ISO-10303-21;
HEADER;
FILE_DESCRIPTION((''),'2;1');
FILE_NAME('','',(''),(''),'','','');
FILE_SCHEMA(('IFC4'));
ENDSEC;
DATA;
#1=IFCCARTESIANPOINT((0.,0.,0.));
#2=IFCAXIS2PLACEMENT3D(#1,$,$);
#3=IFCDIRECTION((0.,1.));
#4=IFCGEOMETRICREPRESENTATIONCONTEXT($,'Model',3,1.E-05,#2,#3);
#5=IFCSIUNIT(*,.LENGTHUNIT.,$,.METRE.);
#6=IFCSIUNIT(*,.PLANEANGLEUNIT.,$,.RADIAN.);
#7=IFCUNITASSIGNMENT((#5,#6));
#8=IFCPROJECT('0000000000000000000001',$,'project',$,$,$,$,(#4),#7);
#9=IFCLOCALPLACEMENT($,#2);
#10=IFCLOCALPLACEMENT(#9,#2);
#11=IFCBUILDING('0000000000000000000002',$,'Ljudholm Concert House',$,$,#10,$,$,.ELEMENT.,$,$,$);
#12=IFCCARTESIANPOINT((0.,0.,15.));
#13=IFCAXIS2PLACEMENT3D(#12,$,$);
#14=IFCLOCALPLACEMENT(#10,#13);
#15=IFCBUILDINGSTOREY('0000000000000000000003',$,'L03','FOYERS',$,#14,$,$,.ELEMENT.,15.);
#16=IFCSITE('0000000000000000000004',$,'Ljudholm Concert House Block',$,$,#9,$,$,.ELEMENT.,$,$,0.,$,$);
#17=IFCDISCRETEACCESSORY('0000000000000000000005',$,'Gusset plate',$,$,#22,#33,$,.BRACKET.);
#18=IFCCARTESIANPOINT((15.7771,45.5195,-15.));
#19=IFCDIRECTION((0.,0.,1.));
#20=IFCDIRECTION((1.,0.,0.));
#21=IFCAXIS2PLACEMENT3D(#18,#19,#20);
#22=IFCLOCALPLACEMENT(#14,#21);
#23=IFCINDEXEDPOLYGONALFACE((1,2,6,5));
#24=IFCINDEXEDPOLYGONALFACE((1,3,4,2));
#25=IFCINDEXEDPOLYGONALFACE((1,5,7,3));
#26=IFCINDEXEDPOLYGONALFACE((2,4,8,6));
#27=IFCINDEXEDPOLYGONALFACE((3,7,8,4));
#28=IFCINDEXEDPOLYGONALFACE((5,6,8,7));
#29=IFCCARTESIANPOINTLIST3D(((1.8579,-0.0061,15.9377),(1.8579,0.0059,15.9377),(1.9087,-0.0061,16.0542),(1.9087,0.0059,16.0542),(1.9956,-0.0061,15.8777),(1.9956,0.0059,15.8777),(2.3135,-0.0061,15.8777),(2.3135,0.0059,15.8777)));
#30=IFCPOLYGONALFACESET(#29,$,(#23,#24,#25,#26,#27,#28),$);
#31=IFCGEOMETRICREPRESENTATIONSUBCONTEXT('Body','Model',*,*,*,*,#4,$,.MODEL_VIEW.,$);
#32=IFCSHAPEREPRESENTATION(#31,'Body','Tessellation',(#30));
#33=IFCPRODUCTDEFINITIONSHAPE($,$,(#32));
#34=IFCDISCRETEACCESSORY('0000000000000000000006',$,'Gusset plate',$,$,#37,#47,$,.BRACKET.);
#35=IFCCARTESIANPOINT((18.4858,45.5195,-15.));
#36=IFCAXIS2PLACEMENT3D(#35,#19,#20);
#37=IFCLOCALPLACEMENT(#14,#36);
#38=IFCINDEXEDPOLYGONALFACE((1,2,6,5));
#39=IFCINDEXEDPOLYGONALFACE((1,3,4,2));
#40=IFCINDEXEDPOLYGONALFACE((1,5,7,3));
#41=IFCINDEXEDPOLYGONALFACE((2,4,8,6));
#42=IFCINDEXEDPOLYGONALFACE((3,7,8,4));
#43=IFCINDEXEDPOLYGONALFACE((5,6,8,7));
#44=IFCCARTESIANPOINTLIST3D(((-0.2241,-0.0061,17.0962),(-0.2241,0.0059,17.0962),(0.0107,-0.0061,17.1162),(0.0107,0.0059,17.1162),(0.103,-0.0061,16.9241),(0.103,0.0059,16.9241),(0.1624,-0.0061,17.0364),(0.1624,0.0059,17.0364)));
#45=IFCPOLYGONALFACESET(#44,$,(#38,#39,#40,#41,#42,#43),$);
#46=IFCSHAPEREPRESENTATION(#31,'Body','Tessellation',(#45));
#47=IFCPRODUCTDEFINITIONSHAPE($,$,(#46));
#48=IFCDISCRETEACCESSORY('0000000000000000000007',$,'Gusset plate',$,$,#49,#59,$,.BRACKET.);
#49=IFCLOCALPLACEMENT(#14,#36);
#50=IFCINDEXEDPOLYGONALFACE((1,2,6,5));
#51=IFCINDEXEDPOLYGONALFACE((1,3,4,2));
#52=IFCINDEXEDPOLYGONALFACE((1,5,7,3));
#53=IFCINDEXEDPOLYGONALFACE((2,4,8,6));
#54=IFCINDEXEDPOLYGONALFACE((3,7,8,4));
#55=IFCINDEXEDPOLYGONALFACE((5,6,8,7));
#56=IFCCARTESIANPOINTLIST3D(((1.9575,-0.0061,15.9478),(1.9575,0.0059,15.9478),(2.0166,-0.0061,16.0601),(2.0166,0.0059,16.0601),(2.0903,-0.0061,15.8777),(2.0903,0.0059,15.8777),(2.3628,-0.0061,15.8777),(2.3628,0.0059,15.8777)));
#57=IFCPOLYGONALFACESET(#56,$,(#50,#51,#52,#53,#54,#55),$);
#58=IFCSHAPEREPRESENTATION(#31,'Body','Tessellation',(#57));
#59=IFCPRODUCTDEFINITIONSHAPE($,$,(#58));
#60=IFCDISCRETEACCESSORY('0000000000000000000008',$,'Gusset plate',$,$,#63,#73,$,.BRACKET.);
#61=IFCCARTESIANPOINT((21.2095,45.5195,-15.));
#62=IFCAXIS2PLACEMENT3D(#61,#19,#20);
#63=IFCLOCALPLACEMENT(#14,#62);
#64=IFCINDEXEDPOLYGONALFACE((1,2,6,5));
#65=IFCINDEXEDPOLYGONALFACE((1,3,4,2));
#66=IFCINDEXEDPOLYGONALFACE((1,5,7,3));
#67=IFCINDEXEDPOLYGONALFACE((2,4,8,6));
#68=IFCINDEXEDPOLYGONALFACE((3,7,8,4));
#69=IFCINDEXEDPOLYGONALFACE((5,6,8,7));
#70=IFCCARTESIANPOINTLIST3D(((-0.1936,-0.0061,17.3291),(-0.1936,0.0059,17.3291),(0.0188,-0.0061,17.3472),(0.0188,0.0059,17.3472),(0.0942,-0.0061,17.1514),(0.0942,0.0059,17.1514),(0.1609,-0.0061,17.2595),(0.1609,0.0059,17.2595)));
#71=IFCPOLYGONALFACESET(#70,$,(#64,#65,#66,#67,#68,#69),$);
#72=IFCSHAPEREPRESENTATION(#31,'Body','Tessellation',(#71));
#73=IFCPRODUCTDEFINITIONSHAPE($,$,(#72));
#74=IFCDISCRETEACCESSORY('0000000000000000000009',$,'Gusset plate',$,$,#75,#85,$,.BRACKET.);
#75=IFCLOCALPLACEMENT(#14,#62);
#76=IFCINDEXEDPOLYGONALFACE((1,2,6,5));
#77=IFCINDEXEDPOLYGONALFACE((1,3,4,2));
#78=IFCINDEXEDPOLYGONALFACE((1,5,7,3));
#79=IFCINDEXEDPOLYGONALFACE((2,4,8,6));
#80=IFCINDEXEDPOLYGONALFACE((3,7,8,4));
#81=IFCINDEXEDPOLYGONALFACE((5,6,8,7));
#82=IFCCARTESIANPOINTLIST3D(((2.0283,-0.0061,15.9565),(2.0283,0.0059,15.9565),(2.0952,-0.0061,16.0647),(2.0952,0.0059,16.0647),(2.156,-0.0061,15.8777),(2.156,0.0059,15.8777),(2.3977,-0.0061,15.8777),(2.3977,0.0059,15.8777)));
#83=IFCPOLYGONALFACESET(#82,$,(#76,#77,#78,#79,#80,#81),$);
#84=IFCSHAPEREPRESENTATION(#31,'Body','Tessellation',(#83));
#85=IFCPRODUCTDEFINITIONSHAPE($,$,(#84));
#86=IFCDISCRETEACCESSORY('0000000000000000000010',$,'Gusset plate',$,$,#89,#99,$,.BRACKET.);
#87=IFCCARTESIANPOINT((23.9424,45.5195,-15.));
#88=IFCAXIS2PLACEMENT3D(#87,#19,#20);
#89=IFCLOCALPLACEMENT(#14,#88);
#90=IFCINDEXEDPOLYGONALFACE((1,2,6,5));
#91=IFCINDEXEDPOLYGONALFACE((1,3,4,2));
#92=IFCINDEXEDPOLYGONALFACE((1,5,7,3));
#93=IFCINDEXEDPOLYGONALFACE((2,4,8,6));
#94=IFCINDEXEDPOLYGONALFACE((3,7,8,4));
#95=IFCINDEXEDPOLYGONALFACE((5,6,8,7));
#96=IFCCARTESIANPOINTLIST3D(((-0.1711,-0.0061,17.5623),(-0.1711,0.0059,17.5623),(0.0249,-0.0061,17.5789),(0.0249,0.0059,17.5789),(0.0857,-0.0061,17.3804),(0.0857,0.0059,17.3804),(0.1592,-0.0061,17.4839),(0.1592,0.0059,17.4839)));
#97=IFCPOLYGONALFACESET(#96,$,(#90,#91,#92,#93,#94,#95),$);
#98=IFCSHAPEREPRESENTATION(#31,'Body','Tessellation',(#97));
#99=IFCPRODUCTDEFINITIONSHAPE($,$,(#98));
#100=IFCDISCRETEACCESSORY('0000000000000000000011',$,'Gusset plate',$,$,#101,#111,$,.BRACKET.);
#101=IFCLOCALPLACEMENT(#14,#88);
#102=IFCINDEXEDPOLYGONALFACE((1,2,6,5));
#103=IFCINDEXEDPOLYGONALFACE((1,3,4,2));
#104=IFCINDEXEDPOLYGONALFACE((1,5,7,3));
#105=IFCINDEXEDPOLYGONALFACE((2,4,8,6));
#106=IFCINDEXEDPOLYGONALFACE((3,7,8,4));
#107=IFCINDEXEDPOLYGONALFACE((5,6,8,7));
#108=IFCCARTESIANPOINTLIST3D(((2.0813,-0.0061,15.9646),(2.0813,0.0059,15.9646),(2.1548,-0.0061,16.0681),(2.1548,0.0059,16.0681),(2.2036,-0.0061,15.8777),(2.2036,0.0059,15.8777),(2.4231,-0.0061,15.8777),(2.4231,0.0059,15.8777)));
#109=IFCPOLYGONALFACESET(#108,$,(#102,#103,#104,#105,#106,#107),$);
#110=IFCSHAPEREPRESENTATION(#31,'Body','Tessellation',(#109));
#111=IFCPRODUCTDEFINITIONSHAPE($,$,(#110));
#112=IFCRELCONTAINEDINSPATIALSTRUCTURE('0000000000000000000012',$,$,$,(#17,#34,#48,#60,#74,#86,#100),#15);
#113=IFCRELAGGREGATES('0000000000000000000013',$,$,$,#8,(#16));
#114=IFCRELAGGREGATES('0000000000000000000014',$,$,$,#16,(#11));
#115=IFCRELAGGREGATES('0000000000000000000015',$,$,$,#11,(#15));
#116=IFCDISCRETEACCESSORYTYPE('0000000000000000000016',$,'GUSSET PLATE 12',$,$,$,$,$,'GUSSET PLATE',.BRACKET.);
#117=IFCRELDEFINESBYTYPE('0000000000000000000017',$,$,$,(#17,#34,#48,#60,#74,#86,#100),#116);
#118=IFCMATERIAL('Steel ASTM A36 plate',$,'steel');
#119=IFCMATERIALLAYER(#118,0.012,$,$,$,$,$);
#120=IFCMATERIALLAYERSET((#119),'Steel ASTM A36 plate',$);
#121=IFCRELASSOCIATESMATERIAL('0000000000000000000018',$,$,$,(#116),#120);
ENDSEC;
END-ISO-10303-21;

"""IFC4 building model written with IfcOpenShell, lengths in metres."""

from ifc_helpers import new_model, si_unit, direction, frame, origin, place, context, subcontext, project, spatial, polyline, outline, extrude, material, layer, layer_set, type_object, element, save


model = new_model("IFC4")

# Units and contexts
model_context = context("Model", 3, precision=1e-05, world=origin(), true_north=direction((0.0, 1.0)))
body_context = subcontext(model_context, "Body", "Model", "MODEL_VIEW")
ifc_project = project(units=[si_unit("LENGTHUNIT", "METRE"), si_unit("PLANEANGLEUNIT", "RADIAN")], contexts=[model_context])

# Site, building, storey
site_placement = place(None, origin())
site = spatial("IfcSite", under=ifc_project, at=site_placement, Name="Ljudholm Concert House Block", CompositionType="ELEMENT", RefElevation=0.0)
building_placement = place(site_placement, origin())
building = spatial("IfcBuilding", under=site, at=building_placement, Name="Ljudholm Concert House", CompositionType="ELEMENT")
storey_placement = place(building_placement, frame((0.0, 0.0, 15.0)))
storey = spatial("IfcBuildingStorey", under=building, at=storey_placement, Name="L03", Description="FOYERS", CompositionType="ELEMENT", Elevation=15.0)

# Discrete accessories
ifc_material_1 = material(Name="Steel ASTM A36 plate", Category="steel")
ifc_layer_1 = layer(ifc_material_1, 0.012)
ifc_layer_set_1 = layer_set([ifc_layer_1], Name="Steel ASTM A36 plate")
discrete_accessory_type_1 = type_object("IfcDiscreteAccessoryType", Name="GUSSET PLATE 12", ElementType="GUSSET PLATE", PredefinedType="BRACKET", material=ifc_layer_set_1)
discrete_accessory_1_placement = place(storey_placement, frame((15.7771, 45.5195, -15.0), z_axis=(0.0, 0.0, 1.0), x_axis=(1.0, 0.0, 0.0)))
element("IfcDiscreteAccessory", 1, at=discrete_accessory_1_placement, inside=storey, type_object=discrete_accessory_type_1, Name="Gusset plate", PredefinedType="BRACKET", context=body_context, shape_type="SweptSolid", body=[
    extrude(outline(polyline([(1.9087, 16.0542), (2.3135, 15.8777), (1.9956, 15.8777), (1.8579, 15.9377), (1.9087, 16.0542)])), frame((0.0, 0.0059, 0.0), z_axis=(0.0, -1.0, 0.0), x_axis=(1.0, 0.0, 0.0)), (0.0, 0.0, 1.0), 0.012),
])
discrete_accessory_2_placement = place(storey_placement, frame((18.4858, 45.5195, -15.0), z_axis=(0.0, 0.0, 1.0), x_axis=(1.0, 0.0, 0.0)))
element("IfcDiscreteAccessory", 2, at=discrete_accessory_2_placement, inside=storey, type_object=discrete_accessory_type_1, Name="Gusset plate", PredefinedType="BRACKET", context=body_context, shape_type="SweptSolid", body=[
    extrude(outline(polyline([(0.103, 16.9241), (-0.2241, 17.0962), (0.0107, 17.1162), (0.1624, 17.0364), (0.103, 16.9241)])), frame((0.0, 0.0059, 0.0), z_axis=(0.0, -1.0, 0.0), x_axis=(1.0, 0.0, 0.0)), (0.0, 0.0, 1.0), 0.012),
])
discrete_accessory_3_placement = place(storey_placement, frame((18.4858, 45.5195, -15.0), z_axis=(0.0, 0.0, 1.0), x_axis=(1.0, 0.0, 0.0)))
element("IfcDiscreteAccessory", 3, at=discrete_accessory_3_placement, inside=storey, type_object=discrete_accessory_type_1, Name="Gusset plate", PredefinedType="BRACKET", context=body_context, shape_type="SweptSolid", body=[
    extrude(outline(polyline([(2.0166, 16.0601), (2.3628, 15.8777), (2.0903, 15.8777), (1.9575, 15.9478), (2.0166, 16.0601)])), frame((0.0, 0.0059, 0.0), z_axis=(0.0, -1.0, 0.0), x_axis=(1.0, 0.0, 0.0)), (0.0, 0.0, 1.0), 0.012),
])
discrete_accessory_4_placement = place(storey_placement, frame((21.2095, 45.5195, -15.0), z_axis=(0.0, 0.0, 1.0), x_axis=(1.0, 0.0, 0.0)))
element("IfcDiscreteAccessory", 4, at=discrete_accessory_4_placement, inside=storey, type_object=discrete_accessory_type_1, Name="Gusset plate", PredefinedType="BRACKET", context=body_context, shape_type="SweptSolid", body=[
    extrude(outline(polyline([(0.0942, 17.1514), (-0.1936, 17.3291), (0.0188, 17.3472), (0.1609, 17.2595), (0.0942, 17.1514)])), frame((0.0, 0.0059, 0.0), z_axis=(0.0, -1.0, 0.0), x_axis=(1.0, 0.0, 0.0)), (0.0, 0.0, 1.0), 0.012),
])
discrete_accessory_5_placement = place(storey_placement, frame((21.2095, 45.5195, -15.0), z_axis=(0.0, 0.0, 1.0), x_axis=(1.0, 0.0, 0.0)))
element("IfcDiscreteAccessory", 5, at=discrete_accessory_5_placement, inside=storey, type_object=discrete_accessory_type_1, Name="Gusset plate", PredefinedType="BRACKET", context=body_context, shape_type="SweptSolid", body=[
    extrude(outline(polyline([(2.0952, 16.0647), (2.3977, 15.8777), (2.156, 15.8777), (2.0283, 15.9565), (2.0952, 16.0647)])), frame((0.0, 0.0059, 0.0), z_axis=(0.0, -1.0, 0.0), x_axis=(1.0, 0.0, 0.0)), (0.0, 0.0, 1.0), 0.012),
])
discrete_accessory_6_placement = place(storey_placement, frame((23.9424, 45.5195, -15.0), z_axis=(0.0, 0.0, 1.0), x_axis=(1.0, 0.0, 0.0)))
element("IfcDiscreteAccessory", 6, at=discrete_accessory_6_placement, inside=storey, type_object=discrete_accessory_type_1, Name="Gusset plate", PredefinedType="BRACKET", context=body_context, shape_type="SweptSolid", body=[
    extrude(outline(polyline([(0.0857, 17.3804), (-0.1711, 17.5623), (0.0249, 17.5789), (0.1592, 17.4839), (0.0857, 17.3804)])), frame((0.0, 0.0059, 0.0), z_axis=(0.0, -1.0, 0.0), x_axis=(1.0, 0.0, 0.0)), (0.0, 0.0, 1.0), 0.012),
])
discrete_accessory_7_placement = place(storey_placement, frame((23.9424, 45.5195, -15.0), z_axis=(0.0, 0.0, 1.0), x_axis=(1.0, 0.0, 0.0)))
element("IfcDiscreteAccessory", 7, at=discrete_accessory_7_placement, inside=storey, type_object=discrete_accessory_type_1, Name="Gusset plate", PredefinedType="BRACKET", context=body_context, shape_type="SweptSolid", body=[
    extrude(outline(polyline([(2.1548, 16.0681), (2.4231, 15.8777), (2.2036, 15.8777), (2.0813, 15.9646), (2.1548, 16.0681)])), frame((0.0, 0.0059, 0.0), z_axis=(0.0, -1.0, 0.0), x_axis=(1.0, 0.0, 0.0)), (0.0, 0.0, 1.0), 0.012),
])

save(model, "model.ifc")
